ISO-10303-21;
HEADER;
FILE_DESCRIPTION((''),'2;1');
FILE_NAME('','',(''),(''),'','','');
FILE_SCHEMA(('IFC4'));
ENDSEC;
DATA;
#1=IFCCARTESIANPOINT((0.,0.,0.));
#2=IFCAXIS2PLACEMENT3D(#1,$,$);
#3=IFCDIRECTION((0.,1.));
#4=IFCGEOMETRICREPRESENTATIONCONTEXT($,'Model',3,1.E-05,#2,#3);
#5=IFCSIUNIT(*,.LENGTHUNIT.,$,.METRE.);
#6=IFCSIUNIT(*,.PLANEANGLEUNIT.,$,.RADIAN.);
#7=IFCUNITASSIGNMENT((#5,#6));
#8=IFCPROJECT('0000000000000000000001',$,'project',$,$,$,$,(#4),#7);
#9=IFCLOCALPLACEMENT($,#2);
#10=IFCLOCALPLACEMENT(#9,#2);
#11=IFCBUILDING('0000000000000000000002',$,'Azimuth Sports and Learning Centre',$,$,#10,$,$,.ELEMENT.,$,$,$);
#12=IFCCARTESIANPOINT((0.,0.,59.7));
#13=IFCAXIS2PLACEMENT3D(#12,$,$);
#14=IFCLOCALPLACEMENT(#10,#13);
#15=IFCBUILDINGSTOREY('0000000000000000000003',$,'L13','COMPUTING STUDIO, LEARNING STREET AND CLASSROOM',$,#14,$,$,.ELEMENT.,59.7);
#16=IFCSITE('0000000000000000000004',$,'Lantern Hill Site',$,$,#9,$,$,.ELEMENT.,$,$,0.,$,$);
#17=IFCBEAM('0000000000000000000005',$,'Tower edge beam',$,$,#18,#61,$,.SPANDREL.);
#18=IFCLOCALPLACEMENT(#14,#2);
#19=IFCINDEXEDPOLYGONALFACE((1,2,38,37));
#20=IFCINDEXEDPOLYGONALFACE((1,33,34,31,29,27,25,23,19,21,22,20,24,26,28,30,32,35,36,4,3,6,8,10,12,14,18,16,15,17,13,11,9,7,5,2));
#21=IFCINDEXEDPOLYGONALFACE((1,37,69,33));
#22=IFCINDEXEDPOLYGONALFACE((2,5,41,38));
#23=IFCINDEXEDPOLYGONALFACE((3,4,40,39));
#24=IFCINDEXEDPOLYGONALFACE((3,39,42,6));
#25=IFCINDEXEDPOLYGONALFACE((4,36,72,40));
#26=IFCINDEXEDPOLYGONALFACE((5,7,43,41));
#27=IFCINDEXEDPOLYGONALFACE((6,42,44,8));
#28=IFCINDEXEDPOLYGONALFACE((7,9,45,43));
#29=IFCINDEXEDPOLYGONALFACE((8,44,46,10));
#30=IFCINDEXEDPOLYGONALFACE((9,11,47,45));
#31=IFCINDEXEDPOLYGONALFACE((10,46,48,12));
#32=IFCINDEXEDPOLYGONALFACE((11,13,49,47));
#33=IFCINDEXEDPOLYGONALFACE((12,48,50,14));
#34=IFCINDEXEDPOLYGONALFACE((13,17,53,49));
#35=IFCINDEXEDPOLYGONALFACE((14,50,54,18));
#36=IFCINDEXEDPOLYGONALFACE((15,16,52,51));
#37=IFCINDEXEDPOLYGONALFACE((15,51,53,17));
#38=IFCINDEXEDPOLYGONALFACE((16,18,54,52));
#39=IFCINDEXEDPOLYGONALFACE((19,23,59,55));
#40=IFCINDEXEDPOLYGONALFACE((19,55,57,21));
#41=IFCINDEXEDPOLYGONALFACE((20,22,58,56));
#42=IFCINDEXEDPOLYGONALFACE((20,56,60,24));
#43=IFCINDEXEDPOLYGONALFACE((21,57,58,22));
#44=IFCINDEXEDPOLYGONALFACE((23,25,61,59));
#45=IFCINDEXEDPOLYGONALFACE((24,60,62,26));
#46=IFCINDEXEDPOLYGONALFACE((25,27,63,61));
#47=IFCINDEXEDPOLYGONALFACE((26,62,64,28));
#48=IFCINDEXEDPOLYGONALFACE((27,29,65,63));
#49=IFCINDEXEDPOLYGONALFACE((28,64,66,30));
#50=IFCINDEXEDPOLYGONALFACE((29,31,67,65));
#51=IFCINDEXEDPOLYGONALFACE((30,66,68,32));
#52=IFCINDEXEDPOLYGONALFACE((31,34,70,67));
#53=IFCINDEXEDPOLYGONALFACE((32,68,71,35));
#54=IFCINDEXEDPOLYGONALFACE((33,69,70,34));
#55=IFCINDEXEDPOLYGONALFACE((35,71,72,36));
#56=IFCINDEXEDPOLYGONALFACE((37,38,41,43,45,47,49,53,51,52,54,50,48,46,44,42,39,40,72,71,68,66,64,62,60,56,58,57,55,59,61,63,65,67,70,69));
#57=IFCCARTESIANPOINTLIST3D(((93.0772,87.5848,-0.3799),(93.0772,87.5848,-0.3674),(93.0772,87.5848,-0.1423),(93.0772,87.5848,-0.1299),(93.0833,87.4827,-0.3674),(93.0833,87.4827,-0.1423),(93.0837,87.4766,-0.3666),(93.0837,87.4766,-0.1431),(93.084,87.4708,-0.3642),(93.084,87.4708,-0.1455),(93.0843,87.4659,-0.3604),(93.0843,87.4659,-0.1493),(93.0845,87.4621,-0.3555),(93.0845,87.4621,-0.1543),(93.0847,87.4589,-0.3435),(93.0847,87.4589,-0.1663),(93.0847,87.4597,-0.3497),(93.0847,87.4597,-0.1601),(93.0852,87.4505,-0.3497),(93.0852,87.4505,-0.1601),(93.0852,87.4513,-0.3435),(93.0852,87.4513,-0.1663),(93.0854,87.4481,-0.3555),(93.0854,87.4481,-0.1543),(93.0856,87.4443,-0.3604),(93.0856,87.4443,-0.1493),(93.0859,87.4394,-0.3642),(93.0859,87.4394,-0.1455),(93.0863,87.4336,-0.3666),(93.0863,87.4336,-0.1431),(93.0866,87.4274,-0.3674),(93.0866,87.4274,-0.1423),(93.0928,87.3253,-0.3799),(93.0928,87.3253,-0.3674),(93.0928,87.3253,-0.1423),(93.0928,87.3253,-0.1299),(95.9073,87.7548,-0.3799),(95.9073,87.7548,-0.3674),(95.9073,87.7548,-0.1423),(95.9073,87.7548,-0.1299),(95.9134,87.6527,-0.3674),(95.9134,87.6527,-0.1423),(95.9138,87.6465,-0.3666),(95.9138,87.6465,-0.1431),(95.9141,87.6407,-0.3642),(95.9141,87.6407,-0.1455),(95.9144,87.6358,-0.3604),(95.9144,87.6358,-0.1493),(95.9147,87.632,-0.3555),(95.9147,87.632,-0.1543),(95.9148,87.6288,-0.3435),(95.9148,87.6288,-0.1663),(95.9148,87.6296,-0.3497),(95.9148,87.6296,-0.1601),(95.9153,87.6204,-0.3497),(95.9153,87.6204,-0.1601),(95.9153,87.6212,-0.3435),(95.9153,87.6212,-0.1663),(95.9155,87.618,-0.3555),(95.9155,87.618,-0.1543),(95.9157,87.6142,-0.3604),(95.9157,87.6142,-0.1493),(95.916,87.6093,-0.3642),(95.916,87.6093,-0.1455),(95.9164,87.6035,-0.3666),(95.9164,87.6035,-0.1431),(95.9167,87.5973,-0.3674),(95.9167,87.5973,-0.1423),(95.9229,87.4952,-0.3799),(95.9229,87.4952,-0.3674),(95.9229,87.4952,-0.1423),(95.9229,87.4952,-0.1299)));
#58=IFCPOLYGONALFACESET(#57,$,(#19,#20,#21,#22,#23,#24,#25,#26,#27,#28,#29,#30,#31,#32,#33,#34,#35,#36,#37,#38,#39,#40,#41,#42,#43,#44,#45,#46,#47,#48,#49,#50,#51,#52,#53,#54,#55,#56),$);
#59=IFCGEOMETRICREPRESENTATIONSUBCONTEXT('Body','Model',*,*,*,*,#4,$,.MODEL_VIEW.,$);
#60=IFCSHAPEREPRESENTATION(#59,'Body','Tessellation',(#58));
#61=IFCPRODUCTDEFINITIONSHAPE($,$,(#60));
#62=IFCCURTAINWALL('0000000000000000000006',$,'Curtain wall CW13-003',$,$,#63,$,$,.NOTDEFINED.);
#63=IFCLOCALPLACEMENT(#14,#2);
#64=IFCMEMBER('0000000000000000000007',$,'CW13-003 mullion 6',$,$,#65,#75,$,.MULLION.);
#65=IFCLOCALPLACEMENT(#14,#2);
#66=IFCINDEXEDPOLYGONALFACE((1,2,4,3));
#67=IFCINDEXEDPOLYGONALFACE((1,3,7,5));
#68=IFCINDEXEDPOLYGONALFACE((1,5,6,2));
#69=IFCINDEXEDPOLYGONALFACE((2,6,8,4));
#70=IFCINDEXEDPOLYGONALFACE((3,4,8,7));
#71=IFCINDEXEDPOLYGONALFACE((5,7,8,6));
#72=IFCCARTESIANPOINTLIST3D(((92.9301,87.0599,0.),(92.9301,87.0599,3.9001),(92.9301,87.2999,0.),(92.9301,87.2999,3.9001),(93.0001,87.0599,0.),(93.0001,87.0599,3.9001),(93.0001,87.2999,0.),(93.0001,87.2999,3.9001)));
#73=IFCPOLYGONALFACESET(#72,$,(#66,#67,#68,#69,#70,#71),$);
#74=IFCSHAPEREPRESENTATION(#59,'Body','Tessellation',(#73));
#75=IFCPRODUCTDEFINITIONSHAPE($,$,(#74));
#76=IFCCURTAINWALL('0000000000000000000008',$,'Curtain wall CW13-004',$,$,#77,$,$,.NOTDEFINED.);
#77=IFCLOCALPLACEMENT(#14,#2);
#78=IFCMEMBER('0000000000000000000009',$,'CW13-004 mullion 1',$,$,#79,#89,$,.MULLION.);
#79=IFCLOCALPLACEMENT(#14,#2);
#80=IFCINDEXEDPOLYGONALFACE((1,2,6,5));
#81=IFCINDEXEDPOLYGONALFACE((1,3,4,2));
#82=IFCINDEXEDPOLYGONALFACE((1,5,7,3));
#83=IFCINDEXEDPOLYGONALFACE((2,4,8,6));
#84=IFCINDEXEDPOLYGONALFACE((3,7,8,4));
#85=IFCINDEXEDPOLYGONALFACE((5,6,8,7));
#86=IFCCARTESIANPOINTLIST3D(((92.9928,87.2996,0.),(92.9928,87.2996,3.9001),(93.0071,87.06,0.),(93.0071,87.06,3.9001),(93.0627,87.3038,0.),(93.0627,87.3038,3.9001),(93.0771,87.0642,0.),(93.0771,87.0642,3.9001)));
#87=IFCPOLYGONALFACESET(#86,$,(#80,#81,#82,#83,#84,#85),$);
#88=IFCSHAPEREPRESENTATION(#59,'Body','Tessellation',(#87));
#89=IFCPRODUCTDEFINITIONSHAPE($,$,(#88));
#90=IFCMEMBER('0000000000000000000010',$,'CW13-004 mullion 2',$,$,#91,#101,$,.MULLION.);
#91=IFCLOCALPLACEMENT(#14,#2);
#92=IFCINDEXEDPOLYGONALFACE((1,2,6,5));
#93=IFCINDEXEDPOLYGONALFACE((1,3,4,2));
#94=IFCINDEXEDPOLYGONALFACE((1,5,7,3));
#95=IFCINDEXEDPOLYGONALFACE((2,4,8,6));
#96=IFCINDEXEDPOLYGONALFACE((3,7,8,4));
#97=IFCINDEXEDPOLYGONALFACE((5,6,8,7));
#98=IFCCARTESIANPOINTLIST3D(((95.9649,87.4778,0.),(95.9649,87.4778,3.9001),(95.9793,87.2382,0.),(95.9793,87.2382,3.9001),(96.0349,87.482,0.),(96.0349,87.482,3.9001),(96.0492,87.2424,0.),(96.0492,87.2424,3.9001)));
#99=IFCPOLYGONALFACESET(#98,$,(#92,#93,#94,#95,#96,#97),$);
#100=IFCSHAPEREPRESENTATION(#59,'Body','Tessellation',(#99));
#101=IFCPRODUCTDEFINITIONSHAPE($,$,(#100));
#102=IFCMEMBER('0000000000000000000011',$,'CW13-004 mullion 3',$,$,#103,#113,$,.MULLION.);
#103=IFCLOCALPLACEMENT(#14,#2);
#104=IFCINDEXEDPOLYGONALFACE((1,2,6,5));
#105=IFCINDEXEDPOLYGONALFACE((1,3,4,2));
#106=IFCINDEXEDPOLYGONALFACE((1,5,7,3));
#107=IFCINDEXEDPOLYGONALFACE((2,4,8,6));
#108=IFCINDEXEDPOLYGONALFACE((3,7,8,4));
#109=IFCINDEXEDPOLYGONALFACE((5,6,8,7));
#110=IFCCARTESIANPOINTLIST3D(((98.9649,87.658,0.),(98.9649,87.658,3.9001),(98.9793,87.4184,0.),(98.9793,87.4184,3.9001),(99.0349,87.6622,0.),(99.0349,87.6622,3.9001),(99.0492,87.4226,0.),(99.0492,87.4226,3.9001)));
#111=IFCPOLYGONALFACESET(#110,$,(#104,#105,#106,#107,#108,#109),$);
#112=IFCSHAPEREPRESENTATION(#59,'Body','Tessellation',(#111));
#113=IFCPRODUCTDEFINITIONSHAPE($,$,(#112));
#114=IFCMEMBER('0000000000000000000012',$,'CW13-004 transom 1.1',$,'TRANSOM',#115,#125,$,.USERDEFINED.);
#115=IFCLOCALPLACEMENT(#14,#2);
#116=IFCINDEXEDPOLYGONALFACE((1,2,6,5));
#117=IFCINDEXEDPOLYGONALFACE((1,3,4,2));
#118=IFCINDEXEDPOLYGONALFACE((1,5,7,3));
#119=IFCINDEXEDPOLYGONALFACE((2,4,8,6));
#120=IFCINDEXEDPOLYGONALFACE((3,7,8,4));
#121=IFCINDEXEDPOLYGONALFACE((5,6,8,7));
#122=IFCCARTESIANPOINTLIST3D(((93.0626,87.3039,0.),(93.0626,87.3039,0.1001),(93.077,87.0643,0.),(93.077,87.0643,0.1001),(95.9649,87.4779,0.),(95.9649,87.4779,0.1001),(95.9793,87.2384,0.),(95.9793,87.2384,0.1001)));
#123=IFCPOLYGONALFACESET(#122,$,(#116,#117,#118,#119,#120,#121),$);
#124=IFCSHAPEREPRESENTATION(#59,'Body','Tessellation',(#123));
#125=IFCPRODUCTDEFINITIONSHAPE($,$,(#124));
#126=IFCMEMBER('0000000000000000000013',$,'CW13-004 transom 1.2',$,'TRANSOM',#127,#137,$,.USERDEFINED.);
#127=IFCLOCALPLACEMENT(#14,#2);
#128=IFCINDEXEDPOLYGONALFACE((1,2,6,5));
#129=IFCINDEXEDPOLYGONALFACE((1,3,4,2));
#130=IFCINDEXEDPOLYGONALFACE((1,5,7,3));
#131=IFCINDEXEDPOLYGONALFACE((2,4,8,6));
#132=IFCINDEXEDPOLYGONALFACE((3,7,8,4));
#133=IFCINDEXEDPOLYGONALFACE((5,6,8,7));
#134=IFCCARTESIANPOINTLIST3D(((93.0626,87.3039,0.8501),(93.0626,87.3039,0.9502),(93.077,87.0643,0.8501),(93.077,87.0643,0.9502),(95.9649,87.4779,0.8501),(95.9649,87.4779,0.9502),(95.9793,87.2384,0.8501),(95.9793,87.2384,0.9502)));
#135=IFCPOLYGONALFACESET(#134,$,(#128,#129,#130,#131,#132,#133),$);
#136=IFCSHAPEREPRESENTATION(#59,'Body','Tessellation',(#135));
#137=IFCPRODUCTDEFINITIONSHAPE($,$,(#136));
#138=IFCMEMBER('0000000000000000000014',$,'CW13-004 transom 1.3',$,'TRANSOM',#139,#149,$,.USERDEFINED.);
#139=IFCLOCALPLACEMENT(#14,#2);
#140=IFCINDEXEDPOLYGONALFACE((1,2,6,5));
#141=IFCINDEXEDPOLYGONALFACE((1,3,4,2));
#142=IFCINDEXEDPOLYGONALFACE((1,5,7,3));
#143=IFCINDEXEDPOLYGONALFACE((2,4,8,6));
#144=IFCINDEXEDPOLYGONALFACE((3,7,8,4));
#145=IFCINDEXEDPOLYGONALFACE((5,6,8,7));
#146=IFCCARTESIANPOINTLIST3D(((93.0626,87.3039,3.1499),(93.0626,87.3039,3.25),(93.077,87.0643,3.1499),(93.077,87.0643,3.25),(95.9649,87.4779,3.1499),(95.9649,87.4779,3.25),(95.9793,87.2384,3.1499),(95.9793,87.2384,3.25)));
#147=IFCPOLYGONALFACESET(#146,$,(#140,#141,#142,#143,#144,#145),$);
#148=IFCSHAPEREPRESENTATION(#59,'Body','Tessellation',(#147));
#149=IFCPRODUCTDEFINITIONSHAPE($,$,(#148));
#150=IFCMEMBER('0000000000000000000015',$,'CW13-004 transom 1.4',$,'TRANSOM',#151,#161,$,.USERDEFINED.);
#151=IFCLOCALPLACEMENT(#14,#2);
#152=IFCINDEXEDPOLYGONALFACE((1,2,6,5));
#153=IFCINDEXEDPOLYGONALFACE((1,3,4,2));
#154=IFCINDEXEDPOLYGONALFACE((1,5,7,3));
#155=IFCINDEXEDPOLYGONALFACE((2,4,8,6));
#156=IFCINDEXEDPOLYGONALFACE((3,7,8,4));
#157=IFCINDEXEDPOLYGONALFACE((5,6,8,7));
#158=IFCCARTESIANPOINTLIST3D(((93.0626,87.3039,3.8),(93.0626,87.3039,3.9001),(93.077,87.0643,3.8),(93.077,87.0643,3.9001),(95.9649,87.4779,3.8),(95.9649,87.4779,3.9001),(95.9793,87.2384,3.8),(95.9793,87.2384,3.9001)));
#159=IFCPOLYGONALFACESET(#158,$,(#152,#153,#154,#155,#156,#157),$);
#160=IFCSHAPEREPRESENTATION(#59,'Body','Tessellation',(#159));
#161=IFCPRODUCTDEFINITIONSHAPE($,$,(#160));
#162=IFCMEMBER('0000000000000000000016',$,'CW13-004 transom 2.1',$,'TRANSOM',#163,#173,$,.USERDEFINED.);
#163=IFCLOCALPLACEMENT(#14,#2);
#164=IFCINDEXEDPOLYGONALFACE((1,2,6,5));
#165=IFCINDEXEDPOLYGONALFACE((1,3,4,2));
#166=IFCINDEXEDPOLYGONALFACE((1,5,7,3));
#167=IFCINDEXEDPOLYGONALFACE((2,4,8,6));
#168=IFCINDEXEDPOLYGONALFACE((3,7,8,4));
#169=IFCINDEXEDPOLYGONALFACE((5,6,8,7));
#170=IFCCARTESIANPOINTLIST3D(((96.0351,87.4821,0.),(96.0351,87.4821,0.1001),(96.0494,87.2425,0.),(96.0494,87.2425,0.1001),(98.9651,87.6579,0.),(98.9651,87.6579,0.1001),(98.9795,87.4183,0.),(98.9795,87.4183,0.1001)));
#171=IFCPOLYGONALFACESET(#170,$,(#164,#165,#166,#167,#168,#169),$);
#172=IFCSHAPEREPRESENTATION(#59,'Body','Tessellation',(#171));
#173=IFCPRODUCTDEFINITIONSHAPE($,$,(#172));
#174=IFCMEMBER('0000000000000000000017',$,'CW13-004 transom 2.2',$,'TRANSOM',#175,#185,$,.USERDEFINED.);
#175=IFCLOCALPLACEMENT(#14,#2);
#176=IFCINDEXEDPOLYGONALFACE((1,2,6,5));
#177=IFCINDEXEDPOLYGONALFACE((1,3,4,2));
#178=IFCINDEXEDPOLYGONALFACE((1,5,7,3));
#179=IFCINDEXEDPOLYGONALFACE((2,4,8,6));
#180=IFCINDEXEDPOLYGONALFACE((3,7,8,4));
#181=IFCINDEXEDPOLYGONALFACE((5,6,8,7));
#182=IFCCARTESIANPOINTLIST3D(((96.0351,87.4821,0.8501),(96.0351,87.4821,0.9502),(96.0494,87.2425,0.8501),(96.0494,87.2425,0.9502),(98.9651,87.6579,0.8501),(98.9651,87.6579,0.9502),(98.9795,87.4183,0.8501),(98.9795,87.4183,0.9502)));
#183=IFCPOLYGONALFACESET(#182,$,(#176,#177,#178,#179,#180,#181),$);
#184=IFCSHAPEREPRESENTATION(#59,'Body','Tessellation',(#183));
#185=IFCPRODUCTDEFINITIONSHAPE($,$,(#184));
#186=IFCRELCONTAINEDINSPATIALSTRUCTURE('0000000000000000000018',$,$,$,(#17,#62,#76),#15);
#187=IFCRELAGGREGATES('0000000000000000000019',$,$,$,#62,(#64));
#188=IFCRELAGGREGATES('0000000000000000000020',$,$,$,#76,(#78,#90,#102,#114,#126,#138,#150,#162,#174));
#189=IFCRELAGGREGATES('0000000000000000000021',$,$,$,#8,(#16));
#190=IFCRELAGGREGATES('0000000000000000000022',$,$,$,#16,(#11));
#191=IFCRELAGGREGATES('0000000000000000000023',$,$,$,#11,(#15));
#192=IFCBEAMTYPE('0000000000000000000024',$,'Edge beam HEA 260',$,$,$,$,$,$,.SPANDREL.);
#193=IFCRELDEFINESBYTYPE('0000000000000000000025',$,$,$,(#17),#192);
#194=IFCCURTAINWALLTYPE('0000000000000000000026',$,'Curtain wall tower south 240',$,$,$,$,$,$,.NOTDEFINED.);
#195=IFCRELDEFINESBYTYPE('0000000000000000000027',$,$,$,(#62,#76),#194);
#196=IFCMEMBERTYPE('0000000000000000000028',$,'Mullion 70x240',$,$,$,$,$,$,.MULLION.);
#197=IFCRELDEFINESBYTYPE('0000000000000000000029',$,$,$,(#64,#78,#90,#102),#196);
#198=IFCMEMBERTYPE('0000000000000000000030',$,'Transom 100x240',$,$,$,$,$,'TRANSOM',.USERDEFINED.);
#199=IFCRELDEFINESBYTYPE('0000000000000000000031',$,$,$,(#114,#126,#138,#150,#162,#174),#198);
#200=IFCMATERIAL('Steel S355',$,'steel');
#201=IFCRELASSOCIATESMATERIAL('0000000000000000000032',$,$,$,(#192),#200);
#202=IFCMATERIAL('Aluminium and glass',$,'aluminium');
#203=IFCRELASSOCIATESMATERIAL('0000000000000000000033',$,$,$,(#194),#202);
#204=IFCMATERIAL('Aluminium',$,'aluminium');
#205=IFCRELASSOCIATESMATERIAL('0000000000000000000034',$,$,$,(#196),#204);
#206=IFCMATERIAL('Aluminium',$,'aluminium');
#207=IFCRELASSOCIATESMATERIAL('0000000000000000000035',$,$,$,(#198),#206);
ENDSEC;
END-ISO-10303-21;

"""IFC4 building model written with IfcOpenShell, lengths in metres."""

from ifc_helpers import new_model, si_unit, direction, frame, origin, origin_2d, place, context, subcontext, project, spatial, rectangle, i_section, extrude, material, material_profile, profile_set, type_object, element, aggregate, save


model = new_model("IFC4")

# Units and contexts
model_context = context("Model", 3, precision=1e-05, world=origin(), true_north=direction((0.0, 1.0)))
body_context = subcontext(model_context, "Body", "Model", "MODEL_VIEW")
ifc_project = project(units=[si_unit("LENGTHUNIT", "METRE"), si_unit("PLANEANGLEUNIT", "RADIAN")], contexts=[model_context])

# Site, building, storey
site_placement = place(None, origin())
site = spatial("IfcSite", under=ifc_project, at=site_placement, Name="Lantern Hill Site", CompositionType="ELEMENT", RefElevation=0.0)
building_placement = place(site_placement, origin())
building = spatial("IfcBuilding", under=site, at=building_placement, Name="Azimuth Sports and Learning Centre", CompositionType="ELEMENT")
storey_placement = place(building_placement, frame((0.0, 0.0, 59.7)))
storey = spatial("IfcBuildingStorey", under=building, at=storey_placement, Name="L13", Description="COMPUTING STUDIO, LEARNING STREET AND CLASSROOM", CompositionType="ELEMENT", Elevation=59.7)

# Beam
ifc_material_1 = material(Name="Steel S355", Category="steel")
ifc_material_profile_1 = material_profile(ifc_material_1, i_section(OverallWidth=0.26, OverallDepth=0.25, WebThickness=0.0076, FlangeThickness=0.0125, FilletRadius=0.0239, at=origin_2d()), Name="HEA 260")
ifc_profile_set_1 = profile_set([ifc_material_profile_1], Name="Steel S355")
beam_type = type_object("IfcBeamType", Name="Edge beam HEA 260", PredefinedType="SPANDREL", material=ifc_profile_set_1)
beam_placement = place(storey_placement, frame((93.085, 87.4551, -0.2549), z_axis=(0.998202, 0.059933, 0.0), x_axis=(-0.059933, 0.998202, 0.0)))
element("IfcBeam", 1, at=beam_placement, inside=storey, type_object=beam_type, Name="Tower edge beam", PredefinedType="SPANDREL", context=body_context, shape_type="SweptSolid", body=[
    extrude(i_section(OverallWidth=0.26, OverallDepth=0.25, WebThickness=0.0076, FlangeThickness=0.0125, FilletRadius=0.0239, at=origin_2d()), origin(), (0.0, 0.0, 1.0), 2.8352),
])

# Curtain wall, member
ifc_material_2 = material(Name="Aluminium and glass", Category="aluminium")
curtain_wall_type = type_object("IfcCurtainWallType", Name="Curtain wall tower south 240", PredefinedType="NOTDEFINED", material=ifc_material_2)
curtain_wall_1_placement = place(storey_placement, origin())
curtain_wall_1 = element("IfcCurtainWall", 2, at=curtain_wall_1_placement, inside=storey, type_object=curtain_wall_type, Name="Curtain wall CW13-003", PredefinedType="NOTDEFINED")
ifc_material_3 = material(Name="Aluminium", Category="aluminium")
ifc_material_profile_2 = material_profile(ifc_material_3, rectangle(XDim=0.24, YDim=0.0701, at=origin_2d()), Name="Mullion 70x240")
ifc_profile_set_2 = profile_set([ifc_material_profile_2], Name="Aluminium")
member_type_1 = type_object("IfcMemberType", Name="Mullion 70x240", PredefinedType="MULLION", material=ifc_profile_set_2)
member_1_placement = place(storey_placement, frame((92.9651, 87.1799, 0.0), z_axis=(0.0, 0.0, 1.0), x_axis=(0.0, 1.0, 0.0)))
member_1 = element("IfcMember", 3, at=member_1_placement, type_object=member_type_1, Name="CW13-003 mullion 6", PredefinedType="MULLION", context=body_context, shape_type="SweptSolid", body=[
    extrude(rectangle(XDim=0.24, YDim=0.0701, at=origin_2d()), origin(), (0.0, 0.0, 1.0), 3.9001),
])
aggregate(curtain_wall_1, [member_1])

# Curtain wall, members
curtain_wall_2_placement = place(storey_placement, origin())
curtain_wall_2 = element("IfcCurtainWall", 4, at=curtain_wall_2_placement, inside=storey, type_object=curtain_wall_type, Name="Curtain wall CW13-004", PredefinedType="NOTDEFINED")
member_2_placement = place(storey_placement, frame((93.0349, 87.1819, 0.0), z_axis=(0.0, 0.0, 1.0), x_axis=(-0.059892, 0.998205, 0.0)))
member_2 = element("IfcMember", 5, at=member_2_placement, type_object=member_type_1, Name="CW13-004 mullion 1", PredefinedType="MULLION", context=body_context, shape_type="SweptSolid", body=[
    extrude(rectangle(XDim=0.24, YDim=0.0701, at=origin_2d()), origin(), (0.0, 0.0, 1.0), 3.9001),
])
member_3_placement = place(storey_placement, frame((96.0071, 87.3601, 0.0), z_axis=(0.0, 0.0, 1.0), x_axis=(-0.059892, 0.998205, 0.0)))
member_3 = element("IfcMember", 6, at=member_3_placement, type_object=member_type_1, Name="CW13-004 mullion 2", PredefinedType="MULLION", context=body_context, shape_type="SweptSolid", body=[
    extrude(rectangle(XDim=0.24, YDim=0.0701, at=origin_2d()), origin(), (0.0, 0.0, 1.0), 3.9001),
])
member_4_placement = place(storey_placement, frame((99.0071, 87.5403, 0.0), z_axis=(0.0, 0.0, 1.0), x_axis=(-0.059892, 0.998205, 0.0)))
member_4 = element("IfcMember", 7, at=member_4_placement, type_object=member_type_1, Name="CW13-004 mullion 3", PredefinedType="MULLION", context=body_context, shape_type="SweptSolid", body=[
    extrude(rectangle(XDim=0.24, YDim=0.0701, at=origin_2d()), origin(), (0.0, 0.0, 1.0), 3.9001),
])
ifc_material_4 = material(Name="Aluminium", Category="aluminium")
ifc_material_profile_3 = material_profile(ifc_material_4, rectangle(XDim=0.24, YDim=0.1001, at=origin_2d()), Name="Transom 100x240")
ifc_profile_set_3 = profile_set([ifc_material_profile_3], Name="Aluminium")
member_type_2 = type_object("IfcMemberType", Name="Transom 100x240", ElementType="TRANSOM", PredefinedType="USERDEFINED", material=ifc_profile_set_3)
member_5_placement = place(storey_placement, frame((93.0698, 87.1841, 0.05), z_axis=(0.998206, 0.059869, 0.0), x_axis=(-0.059869, 0.998206, 0.0)))
member_5 = element("IfcMember", 8, at=member_5_placement, type_object=member_type_2, Name="CW13-004 transom 1.1", ObjectType="TRANSOM", PredefinedType="USERDEFINED", context=body_context, shape_type="SweptSolid", body=[
    extrude(rectangle(XDim=0.24, YDim=0.1001, at=origin_2d()), origin(), (0.0, 0.0, 1.0), 2.9075),
])
member_6_placement = place(storey_placement, frame((93.0698, 87.1841, 0.9001), z_axis=(0.998206, 0.059869, 0.0), x_axis=(-0.059869, 0.998206, 0.0)))
member_6 = element("IfcMember", 9, at=member_6_placement, type_object=member_type_2, Name="CW13-004 transom 1.2", ObjectType="TRANSOM", PredefinedType="USERDEFINED", context=body_context, shape_type="SweptSolid", body=[
    extrude(rectangle(XDim=0.24, YDim=0.1001, at=origin_2d()), origin(), (0.0, 0.0, 1.0), 2.9075),
])
member_7_placement = place(storey_placement, frame((93.0698, 87.1841, 3.2), z_axis=(0.998206, 0.059869, 0.0), x_axis=(-0.059869, 0.998206, 0.0)))
member_7 = element("IfcMember", 10, at=member_7_placement, type_object=member_type_2, Name="CW13-004 transom 1.3", ObjectType="TRANSOM", PredefinedType="USERDEFINED", context=body_context, shape_type="SweptSolid", body=[
    extrude(rectangle(XDim=0.24, YDim=0.1001, at=origin_2d()), origin(), (0.0, 0.0, 1.0), 2.9075),
])
member_8_placement = place(storey_placement, frame((93.0698, 87.1841, 3.8501), z_axis=(0.998206, 0.059869, 0.0), x_axis=(-0.059869, 0.998206, 0.0)))
member_8 = element("IfcMember", 11, at=member_8_placement, type_object=member_type_2, Name="CW13-004 transom 1.4", ObjectType="TRANSOM", PredefinedType="USERDEFINED", context=body_context, shape_type="SweptSolid", body=[
    extrude(rectangle(XDim=0.24, YDim=0.1001, at=origin_2d()), origin(), (0.0, 0.0, 1.0), 2.9075),
])
member_9_placement = place(storey_placement, frame((96.0422, 87.3623, 0.05), z_axis=(0.998205, 0.059887, 0.0), x_axis=(-0.059887, 0.998205, 0.0)))
member_9 = element("IfcMember", 12, at=member_9_placement, type_object=member_type_2, Name="CW13-004 transom 2.1", ObjectType="TRANSOM", PredefinedType="USERDEFINED", context=body_context, shape_type="SweptSolid", body=[
    extrude(rectangle(XDim=0.24, YDim=0.1001, at=origin_2d()), origin(), (0.0, 0.0, 1.0), 2.9353),
])
member_10_placement = place(storey_placement, frame((96.0422, 87.3623, 0.9001), z_axis=(0.998205, 0.059887, 0.0), x_axis=(-0.059887, 0.998205, 0.0)))
member_10 = element("IfcMember", 13, at=member_10_placement, type_object=member_type_2, Name="CW13-004 transom 2.2", ObjectType="TRANSOM", PredefinedType="USERDEFINED", context=body_context, shape_type="SweptSolid", body=[
    extrude(rectangle(XDim=0.24, YDim=0.1001, at=origin_2d()), origin(), (0.0, 0.0, 1.0), 2.9353),
])
aggregate(curtain_wall_2, [member_2, member_3, member_4, member_5, member_6, member_7, member_8, member_9, member_10])

save(model, "model.ifc")
